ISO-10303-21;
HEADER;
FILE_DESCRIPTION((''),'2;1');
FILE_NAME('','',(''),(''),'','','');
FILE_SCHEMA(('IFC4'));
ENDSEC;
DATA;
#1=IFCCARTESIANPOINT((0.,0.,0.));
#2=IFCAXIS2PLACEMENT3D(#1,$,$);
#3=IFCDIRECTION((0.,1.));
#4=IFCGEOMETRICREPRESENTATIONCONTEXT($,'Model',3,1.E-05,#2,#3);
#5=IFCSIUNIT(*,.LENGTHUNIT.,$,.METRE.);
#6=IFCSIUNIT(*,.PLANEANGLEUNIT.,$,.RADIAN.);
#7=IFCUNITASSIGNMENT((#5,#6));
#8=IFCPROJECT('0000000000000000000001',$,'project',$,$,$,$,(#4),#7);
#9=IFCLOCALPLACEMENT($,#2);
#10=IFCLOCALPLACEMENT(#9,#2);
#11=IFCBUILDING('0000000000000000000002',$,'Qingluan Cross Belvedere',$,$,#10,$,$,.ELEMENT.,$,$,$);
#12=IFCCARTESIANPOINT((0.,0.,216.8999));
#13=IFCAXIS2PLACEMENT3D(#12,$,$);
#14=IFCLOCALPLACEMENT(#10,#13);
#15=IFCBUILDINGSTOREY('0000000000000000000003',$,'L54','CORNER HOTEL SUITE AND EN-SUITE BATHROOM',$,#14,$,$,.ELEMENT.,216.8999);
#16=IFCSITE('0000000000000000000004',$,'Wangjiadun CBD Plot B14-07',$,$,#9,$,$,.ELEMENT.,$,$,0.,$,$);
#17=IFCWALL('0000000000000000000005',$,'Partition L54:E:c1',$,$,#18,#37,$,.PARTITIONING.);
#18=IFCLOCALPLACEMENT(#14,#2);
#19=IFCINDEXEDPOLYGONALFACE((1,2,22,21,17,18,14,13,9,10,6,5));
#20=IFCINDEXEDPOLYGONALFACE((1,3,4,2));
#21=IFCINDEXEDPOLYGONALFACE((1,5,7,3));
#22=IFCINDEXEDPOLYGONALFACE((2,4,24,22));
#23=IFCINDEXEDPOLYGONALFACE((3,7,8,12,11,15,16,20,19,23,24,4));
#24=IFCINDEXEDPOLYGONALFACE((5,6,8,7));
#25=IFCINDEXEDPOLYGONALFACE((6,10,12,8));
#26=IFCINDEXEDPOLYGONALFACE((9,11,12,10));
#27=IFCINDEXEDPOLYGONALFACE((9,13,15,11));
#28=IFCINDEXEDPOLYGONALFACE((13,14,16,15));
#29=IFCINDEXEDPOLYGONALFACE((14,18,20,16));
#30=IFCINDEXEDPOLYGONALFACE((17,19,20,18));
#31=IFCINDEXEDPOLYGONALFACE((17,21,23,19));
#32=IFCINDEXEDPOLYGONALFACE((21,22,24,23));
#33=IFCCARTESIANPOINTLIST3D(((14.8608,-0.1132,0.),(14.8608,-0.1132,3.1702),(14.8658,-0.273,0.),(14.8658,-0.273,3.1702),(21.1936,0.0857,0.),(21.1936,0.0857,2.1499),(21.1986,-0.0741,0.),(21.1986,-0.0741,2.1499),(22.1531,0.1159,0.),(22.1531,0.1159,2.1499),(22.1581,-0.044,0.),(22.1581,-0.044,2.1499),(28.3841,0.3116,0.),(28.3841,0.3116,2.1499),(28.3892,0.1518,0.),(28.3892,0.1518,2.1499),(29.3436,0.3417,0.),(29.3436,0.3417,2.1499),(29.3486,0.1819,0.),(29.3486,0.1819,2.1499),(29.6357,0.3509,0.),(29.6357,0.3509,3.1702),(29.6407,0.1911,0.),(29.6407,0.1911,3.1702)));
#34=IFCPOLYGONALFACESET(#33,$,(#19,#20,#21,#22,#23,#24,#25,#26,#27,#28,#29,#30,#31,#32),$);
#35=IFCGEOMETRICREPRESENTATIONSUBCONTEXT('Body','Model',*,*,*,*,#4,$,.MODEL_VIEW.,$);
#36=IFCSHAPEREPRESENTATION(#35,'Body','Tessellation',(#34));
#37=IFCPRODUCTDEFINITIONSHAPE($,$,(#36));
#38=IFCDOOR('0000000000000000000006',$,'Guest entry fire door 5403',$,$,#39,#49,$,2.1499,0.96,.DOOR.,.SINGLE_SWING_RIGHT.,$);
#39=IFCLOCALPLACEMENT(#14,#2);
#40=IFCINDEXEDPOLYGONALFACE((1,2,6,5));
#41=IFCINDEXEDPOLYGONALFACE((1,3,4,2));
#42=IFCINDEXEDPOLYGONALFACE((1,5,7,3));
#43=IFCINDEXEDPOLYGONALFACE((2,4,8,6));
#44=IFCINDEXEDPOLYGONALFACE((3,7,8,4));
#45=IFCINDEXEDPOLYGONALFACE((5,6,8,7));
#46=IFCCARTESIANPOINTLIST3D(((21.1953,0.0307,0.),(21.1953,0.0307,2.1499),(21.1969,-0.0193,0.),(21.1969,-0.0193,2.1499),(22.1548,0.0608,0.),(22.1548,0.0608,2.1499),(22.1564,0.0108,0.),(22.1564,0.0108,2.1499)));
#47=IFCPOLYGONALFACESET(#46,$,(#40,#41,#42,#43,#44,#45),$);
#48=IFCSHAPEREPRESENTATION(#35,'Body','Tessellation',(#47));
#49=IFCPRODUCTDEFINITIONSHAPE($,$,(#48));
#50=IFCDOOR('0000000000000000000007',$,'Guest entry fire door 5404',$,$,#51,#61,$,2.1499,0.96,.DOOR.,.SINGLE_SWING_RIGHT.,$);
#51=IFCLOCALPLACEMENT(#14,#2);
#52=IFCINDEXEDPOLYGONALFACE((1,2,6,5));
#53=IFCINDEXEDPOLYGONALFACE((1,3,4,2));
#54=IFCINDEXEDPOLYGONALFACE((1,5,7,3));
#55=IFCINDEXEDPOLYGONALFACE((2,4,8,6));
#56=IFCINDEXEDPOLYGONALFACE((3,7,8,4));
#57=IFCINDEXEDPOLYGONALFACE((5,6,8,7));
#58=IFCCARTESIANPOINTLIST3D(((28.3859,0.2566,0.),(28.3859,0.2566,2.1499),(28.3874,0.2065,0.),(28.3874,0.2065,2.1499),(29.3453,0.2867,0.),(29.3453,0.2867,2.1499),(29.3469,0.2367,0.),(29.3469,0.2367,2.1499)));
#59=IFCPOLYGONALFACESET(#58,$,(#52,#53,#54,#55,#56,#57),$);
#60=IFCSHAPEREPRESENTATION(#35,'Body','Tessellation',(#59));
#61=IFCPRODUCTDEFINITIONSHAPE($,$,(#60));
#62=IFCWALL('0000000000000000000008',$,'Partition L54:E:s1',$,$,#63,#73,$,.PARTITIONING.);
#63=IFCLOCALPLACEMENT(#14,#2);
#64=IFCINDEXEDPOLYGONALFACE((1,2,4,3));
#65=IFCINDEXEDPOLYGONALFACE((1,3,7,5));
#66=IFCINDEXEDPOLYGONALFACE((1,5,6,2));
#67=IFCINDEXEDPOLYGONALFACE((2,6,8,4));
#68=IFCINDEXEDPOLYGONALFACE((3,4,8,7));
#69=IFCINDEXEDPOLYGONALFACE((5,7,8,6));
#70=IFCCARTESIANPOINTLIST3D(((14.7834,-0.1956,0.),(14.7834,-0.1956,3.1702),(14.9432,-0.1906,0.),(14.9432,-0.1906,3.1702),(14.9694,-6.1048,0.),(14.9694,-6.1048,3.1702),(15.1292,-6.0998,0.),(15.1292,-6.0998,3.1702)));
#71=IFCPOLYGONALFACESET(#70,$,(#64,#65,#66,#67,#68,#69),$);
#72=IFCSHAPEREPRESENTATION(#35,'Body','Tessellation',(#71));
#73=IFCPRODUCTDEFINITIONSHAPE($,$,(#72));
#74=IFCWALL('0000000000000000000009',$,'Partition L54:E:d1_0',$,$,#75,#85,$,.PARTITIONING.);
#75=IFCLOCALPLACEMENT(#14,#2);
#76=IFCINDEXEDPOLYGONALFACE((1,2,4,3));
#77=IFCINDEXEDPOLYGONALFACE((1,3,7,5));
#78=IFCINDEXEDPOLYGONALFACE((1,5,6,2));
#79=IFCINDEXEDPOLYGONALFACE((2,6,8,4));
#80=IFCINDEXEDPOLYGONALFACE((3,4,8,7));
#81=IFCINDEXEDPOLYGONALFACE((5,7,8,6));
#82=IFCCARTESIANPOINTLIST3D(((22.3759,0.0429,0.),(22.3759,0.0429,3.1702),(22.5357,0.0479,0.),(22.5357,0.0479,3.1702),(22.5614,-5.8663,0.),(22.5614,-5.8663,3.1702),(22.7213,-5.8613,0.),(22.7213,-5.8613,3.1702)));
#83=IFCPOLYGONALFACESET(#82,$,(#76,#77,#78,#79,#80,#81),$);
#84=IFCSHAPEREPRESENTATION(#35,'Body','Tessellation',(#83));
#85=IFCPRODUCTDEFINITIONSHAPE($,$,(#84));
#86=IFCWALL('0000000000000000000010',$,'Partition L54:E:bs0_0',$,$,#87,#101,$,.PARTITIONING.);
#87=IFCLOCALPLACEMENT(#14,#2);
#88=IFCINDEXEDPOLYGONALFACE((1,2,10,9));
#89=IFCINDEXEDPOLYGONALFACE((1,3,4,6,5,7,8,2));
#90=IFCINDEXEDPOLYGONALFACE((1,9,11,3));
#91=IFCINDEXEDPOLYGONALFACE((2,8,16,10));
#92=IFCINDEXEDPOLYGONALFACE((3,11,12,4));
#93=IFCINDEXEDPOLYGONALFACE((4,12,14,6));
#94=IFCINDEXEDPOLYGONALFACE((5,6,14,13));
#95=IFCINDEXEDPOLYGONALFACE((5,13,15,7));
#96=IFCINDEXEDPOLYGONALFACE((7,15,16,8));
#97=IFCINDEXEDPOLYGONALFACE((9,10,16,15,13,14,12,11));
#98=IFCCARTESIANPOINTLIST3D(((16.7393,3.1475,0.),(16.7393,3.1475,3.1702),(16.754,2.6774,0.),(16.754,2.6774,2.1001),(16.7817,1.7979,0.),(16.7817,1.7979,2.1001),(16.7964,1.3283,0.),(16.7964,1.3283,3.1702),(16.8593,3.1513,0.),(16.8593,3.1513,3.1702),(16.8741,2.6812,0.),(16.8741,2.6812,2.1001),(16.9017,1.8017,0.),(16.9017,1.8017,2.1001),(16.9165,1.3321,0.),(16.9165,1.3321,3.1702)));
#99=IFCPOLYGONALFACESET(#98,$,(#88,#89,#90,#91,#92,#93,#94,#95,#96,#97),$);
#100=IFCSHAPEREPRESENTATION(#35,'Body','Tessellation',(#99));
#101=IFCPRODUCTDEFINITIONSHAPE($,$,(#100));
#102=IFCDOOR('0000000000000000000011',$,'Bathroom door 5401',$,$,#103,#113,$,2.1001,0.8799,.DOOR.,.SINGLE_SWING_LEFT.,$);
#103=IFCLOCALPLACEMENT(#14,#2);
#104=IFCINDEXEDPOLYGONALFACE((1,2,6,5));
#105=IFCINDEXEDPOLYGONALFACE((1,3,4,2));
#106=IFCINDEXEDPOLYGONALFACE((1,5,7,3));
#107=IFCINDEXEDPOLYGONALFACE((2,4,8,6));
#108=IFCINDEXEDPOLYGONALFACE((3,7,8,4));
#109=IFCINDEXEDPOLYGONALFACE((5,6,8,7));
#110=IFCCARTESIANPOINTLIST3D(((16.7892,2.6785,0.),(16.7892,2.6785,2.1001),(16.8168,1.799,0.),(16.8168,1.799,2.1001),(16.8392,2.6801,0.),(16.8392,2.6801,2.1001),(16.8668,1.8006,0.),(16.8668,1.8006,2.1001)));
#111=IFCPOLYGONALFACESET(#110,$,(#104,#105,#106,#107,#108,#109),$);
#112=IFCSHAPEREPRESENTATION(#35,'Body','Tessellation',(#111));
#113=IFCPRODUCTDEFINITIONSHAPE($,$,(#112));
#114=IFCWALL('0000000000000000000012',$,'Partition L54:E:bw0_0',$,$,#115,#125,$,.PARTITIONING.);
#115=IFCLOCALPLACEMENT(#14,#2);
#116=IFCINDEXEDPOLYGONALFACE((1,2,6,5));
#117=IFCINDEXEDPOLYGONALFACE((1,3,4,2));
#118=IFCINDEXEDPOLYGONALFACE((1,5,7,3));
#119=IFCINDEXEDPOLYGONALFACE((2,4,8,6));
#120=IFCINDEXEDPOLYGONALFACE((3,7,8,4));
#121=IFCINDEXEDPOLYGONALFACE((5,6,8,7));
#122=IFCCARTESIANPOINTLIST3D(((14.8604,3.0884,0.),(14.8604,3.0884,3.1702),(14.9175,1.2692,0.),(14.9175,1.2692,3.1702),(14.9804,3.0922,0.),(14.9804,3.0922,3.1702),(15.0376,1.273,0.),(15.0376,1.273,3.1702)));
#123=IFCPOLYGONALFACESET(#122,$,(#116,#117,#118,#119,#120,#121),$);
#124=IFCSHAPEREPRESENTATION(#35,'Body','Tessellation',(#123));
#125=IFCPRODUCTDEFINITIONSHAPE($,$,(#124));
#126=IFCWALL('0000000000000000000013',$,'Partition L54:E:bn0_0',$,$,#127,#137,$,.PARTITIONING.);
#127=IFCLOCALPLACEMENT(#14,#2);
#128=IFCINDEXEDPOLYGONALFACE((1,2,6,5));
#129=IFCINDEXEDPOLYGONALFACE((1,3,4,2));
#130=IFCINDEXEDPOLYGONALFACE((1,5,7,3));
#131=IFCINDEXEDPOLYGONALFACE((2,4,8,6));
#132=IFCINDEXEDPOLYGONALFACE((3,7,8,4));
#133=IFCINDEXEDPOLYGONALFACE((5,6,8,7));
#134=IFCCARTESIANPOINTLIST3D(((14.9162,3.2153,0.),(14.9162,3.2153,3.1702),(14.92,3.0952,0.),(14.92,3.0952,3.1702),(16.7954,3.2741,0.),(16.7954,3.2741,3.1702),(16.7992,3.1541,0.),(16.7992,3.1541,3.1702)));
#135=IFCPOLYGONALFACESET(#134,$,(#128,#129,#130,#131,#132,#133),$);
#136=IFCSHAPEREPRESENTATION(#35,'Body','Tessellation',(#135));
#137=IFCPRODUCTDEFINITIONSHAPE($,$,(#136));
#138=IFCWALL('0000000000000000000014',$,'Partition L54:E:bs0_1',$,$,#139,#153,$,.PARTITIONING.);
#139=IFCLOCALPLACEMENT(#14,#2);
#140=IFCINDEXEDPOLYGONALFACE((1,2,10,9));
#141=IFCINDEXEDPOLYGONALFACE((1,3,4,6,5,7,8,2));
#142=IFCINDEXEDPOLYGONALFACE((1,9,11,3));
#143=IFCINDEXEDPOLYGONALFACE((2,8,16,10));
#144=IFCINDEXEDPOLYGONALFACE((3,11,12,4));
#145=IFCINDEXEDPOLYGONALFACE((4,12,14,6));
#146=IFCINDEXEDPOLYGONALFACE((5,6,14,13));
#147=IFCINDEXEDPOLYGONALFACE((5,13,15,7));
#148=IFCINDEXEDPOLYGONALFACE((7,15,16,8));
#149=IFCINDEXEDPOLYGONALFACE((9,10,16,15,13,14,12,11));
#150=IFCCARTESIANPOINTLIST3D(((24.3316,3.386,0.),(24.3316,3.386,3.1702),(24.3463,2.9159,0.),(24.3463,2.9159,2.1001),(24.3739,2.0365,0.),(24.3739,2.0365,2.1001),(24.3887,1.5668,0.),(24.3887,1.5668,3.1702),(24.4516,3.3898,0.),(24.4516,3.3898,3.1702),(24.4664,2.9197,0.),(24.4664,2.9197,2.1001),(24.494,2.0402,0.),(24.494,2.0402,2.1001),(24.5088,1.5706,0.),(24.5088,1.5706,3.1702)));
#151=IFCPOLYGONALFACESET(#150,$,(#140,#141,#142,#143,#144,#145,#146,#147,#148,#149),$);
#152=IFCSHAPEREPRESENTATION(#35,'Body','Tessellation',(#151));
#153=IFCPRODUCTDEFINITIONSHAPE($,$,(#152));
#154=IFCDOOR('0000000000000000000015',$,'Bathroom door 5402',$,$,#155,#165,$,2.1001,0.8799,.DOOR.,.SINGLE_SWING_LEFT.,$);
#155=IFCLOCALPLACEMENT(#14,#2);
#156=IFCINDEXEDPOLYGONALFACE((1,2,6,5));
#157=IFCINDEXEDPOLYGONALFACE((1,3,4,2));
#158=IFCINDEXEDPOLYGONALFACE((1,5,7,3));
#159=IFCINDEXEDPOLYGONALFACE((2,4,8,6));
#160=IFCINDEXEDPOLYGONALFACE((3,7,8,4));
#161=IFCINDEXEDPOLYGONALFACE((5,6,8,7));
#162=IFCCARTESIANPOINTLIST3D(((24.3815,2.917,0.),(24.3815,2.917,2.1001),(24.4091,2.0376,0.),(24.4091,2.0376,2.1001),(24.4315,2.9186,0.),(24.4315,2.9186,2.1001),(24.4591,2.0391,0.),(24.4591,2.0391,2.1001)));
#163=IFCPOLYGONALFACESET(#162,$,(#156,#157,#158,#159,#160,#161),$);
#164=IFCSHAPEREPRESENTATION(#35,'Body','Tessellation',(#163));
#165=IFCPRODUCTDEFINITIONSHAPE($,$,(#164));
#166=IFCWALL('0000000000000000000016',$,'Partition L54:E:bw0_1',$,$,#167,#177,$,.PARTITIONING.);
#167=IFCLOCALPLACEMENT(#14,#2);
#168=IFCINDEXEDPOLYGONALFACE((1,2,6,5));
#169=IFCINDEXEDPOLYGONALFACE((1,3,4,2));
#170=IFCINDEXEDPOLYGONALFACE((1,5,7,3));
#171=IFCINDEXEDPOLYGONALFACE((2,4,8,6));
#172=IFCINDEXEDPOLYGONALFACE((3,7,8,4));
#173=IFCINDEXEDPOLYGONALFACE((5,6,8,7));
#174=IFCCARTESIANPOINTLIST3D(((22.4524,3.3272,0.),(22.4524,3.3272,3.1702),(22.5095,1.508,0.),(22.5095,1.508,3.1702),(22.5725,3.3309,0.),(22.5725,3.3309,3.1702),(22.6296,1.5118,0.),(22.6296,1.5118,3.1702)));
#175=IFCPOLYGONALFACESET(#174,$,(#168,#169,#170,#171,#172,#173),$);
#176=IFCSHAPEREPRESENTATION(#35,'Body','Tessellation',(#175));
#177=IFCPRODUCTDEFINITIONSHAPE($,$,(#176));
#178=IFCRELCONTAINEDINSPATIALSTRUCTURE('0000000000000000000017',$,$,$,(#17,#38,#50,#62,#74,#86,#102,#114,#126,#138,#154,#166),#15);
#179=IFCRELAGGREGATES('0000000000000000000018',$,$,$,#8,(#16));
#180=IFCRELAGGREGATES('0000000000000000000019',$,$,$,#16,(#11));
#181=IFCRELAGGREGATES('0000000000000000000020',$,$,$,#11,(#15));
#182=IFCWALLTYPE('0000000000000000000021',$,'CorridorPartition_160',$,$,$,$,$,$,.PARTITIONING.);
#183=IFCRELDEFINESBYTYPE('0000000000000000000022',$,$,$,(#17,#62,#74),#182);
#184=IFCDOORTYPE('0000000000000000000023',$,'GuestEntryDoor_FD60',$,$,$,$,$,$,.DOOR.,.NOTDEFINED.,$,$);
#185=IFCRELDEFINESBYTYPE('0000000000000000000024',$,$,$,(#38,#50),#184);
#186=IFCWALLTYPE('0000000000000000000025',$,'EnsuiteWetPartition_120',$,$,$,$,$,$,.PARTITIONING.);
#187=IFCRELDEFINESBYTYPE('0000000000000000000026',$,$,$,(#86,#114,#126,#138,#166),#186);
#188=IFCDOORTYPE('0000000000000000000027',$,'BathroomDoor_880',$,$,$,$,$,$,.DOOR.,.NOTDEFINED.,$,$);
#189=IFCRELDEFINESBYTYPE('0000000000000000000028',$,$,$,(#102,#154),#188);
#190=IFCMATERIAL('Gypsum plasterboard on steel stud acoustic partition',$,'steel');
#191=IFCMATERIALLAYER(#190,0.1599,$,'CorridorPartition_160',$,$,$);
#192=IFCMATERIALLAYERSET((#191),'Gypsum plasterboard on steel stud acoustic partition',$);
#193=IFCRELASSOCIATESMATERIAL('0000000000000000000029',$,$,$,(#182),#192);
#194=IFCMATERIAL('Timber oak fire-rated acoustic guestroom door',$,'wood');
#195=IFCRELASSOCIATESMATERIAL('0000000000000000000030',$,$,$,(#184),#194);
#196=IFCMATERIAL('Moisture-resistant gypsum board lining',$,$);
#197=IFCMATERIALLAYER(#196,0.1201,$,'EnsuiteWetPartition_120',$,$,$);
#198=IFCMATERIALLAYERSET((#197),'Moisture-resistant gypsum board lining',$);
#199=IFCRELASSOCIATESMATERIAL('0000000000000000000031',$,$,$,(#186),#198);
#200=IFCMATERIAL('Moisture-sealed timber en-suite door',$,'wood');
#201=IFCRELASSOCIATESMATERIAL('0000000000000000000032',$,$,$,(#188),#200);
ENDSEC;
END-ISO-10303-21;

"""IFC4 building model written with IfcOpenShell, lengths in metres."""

from ifc_helpers import new_model, si_unit, direction, frame, frame_2d, origin, place, context, subcontext, project, spatial, rectangle, extrude, material, layer, layer_set, type_object, element, fill, save


model = new_model("IFC4")

# Units and contexts
model_context = context("Model", 3, precision=1e-05, world=origin(), true_north=direction((0.0, 1.0)))
body_context = subcontext(model_context, "Body", "Model", "MODEL_VIEW")
ifc_project = project(units=[si_unit("LENGTHUNIT", "METRE"), si_unit("PLANEANGLEUNIT", "RADIAN")], contexts=[model_context])

# Site, building, storey
site_placement = place(None, origin())
site = spatial("IfcSite", under=ifc_project, at=site_placement, Name="Wangjiadun CBD Plot B14-07", CompositionType="ELEMENT", RefElevation=0.0)
building_placement = place(site_placement, origin())
building = spatial("IfcBuilding", under=site, at=building_placement, Name="Qingluan Cross Belvedere", CompositionType="ELEMENT")
storey_placement = place(building_placement, frame((0.0, 0.0, 216.8999)))
storey = spatial("IfcBuildingStorey", under=building, at=storey_placement, Name="L54", Description="CORNER HOTEL SUITE AND EN-SUITE BATHROOM", CompositionType="ELEMENT", Elevation=216.8999)

# Shared definitions
ifc_material_1 = material(Name="Gypsum plasterboard on steel stud acoustic partition", Category="steel")
ifc_layer_1 = layer(ifc_material_1, 0.1599, Name="CorridorPartition_160")
ifc_layer_set_1 = layer_set([ifc_layer_1], Name="Gypsum plasterboard on steel stud acoustic partition")
wall_type_1 = type_object("IfcWallType", Name="CorridorPartition_160", PredefinedType="PARTITIONING", material=ifc_layer_set_1)
ifc_material_2 = material(Name="Timber oak fire-rated acoustic guestroom door", Category="wood")
door_type_1 = type_object("IfcDoorType", Name="GuestEntryDoor_FD60", OperationType="NOTDEFINED", PredefinedType="DOOR", material=ifc_material_2)

# Wall, openings, doors
wall_1_placement = place(storey_placement, frame((14.8633, -0.1931, 0.0), z_axis=(0.0, 0.0, 1.0), x_axis=(0.999507, 0.031397, 0.0)))
wall_1 = element("IfcWall", 1, at=wall_1_placement, inside=storey, type_object=wall_type_1, Name="Partition L54:E:c1", PredefinedType="PARTITIONING", context=body_context, shape_type="SweptSolid", body=[
    extrude(rectangle(XDim=14.7822, YDim=0.1599, at=frame_2d((7.3911, 0.0))), origin(), (0.0, 0.0, 1.0), 3.1702),
])
opening_1_placement = place(wall_1_placement, frame((6.3359, 0.0, 0.0)))
opening_1 = element("IfcOpeningElement", 2, at=opening_1_placement, cuts=wall_1, PredefinedType="OPENING", context=body_context, shape_type="SweptSolid", body=[
    extrude(rectangle(XDim=0.96, YDim=2.1499, at=frame_2d((0.48, 1.075))), frame((0.0, 0.0898, 0.0), z_axis=(0.0, -1.0, 0.0), x_axis=(1.0, 0.0, 0.0)), (0.0, 0.0, 1.0), 0.1799),
])
opening_2_placement = place(wall_1_placement, frame((13.53, 0.0, 0.0)))
opening_2 = element("IfcOpeningElement", 3, at=opening_2_placement, cuts=wall_1, PredefinedType="OPENING", context=body_context, shape_type="SweptSolid", body=[
    extrude(rectangle(XDim=0.96, YDim=2.1499, at=frame_2d((0.48, 1.075))), frame((0.0, 0.0898, 0.0), z_axis=(0.0, -1.0, 0.0), x_axis=(1.0, 0.0, 0.0)), (0.0, 0.0, 1.0), 0.1799),
])
door_1_placement = place(opening_1_placement, origin())
door_1 = element("IfcDoor", 4, at=door_1_placement, inside=storey, type_object=door_type_1, Name="Guest entry fire door 5403", OperationType="SINGLE_SWING_RIGHT", OverallHeight=2.1499, OverallWidth=0.96, PredefinedType="DOOR", context=body_context, shape_type="SweptSolid", body=[
    extrude(rectangle(XDim=0.96, YDim=2.1499, at=frame_2d((0.48, 1.075))), frame((0.0, 0.0249, 0.0), z_axis=(0.0, -1.0, 0.0), x_axis=(1.0, 0.0, 0.0)), (0.0, 0.0, 1.0), 0.05),
])
fill(opening_1, door_1)
door_2_placement = place(opening_2_placement, origin())
door_2 = element("IfcDoor", 5, at=door_2_placement, inside=storey, type_object=door_type_1, Name="Guest entry fire door 5404", OperationType="SINGLE_SWING_RIGHT", OverallHeight=2.1499, OverallWidth=0.96, PredefinedType="DOOR", context=body_context, shape_type="SweptSolid", body=[
    extrude(rectangle(XDim=0.96, YDim=2.1499, at=frame_2d((0.48, 1.075))), frame((0.0, 0.0249, 0.0), z_axis=(0.0, -1.0, 0.0), x_axis=(1.0, 0.0, 0.0)), (0.0, 0.0, 1.0), 0.05),
])
fill(opening_2, door_2)

# Walls
for number, where, z_axis, x_axis, name in (
    (6, (14.8633, -0.1931, 0.0), (0.0, 0.0, 1.0), (0.031467, -0.999505, 0.0), "Partition L54:E:s1"),
    (7, (22.4558, 0.0454, 0.0), (0.0, 0.0, 1.0), (0.031384, -0.999507, 0.0), "Partition L54:E:d1_0"),
):
    element("IfcWall", number, at=place(storey_placement, frame(where, z_axis=z_axis, x_axis=x_axis)), inside=storey, type_object=wall_type_1, Name=name, PredefinedType="PARTITIONING", context=body_context, shape_type="SweptSolid", body=[
        extrude(rectangle(XDim=5.9121, YDim=0.1599, at=frame_2d((2.9561, 0.0))), origin(), (0.0, 0.0, 1.0), 3.1702),
    ])

# Wall, opening, door
ifc_material_3 = material(Name="Moisture-resistant gypsum board lining")
ifc_layer_2 = layer(ifc_material_3, 0.1201, Name="EnsuiteWetPartition_120")
ifc_layer_set_2 = layer_set([ifc_layer_2], Name="Moisture-resistant gypsum board lining")
wall_type_2 = type_object("IfcWallType", Name="EnsuiteWetPartition_120", PredefinedType="PARTITIONING", material=ifc_layer_set_2)
wall_2_placement = place(storey_placement, frame((16.8564, 1.3301, 0.0), z_axis=(0.0, 0.0, 1.0), x_axis=(-0.03139, 0.999507, 0.0)))
wall_2 = element("IfcWall", 8, at=wall_2_placement, inside=storey, type_object=wall_type_2, Name="Partition L54:E:bs0_0", PredefinedType="PARTITIONING", context=body_context, shape_type="SweptSolid", body=[
    extrude(rectangle(XDim=1.8201, YDim=0.1201, at=frame_2d((0.9102, 0.0))), origin(), (0.0, 0.0, 1.0), 3.1702),
])
opening_3_placement = place(wall_2_placement, frame((0.47, 0.0, 0.0)))
opening_3 = element("IfcOpeningElement", 9, at=opening_3_placement, cuts=wall_2, PredefinedType="OPENING", context=body_context, shape_type="SweptSolid", body=[
    extrude(rectangle(XDim=0.8799, YDim=2.1001, at=frame_2d((0.4399, 1.05))), frame((0.0, 0.0701, 0.0), z_axis=(0.0, -1.0, 0.0), x_axis=(1.0, 0.0, 0.0)), (0.0, 0.0, 1.0), 0.1401),
])
ifc_material_4 = material(Name="Moisture-sealed timber en-suite door", Category="wood")
door_type_2 = type_object("IfcDoorType", Name="BathroomDoor_880", OperationType="NOTDEFINED", PredefinedType="DOOR", material=ifc_material_4)
door_3_placement = place(opening_3_placement, origin())
door_3 = element("IfcDoor", 10, at=door_3_placement, inside=storey, type_object=door_type_2, Name="Bathroom door 5401", OperationType="SINGLE_SWING_LEFT", OverallHeight=2.1001, OverallWidth=0.8799, PredefinedType="DOOR", context=body_context, shape_type="SweptSolid", body=[
    extrude(rectangle(XDim=0.8799, YDim=2.1001, at=frame_2d((0.4399, 1.05))), frame((0.0, 0.0249, 0.0), z_axis=(0.0, -1.0, 0.0), x_axis=(1.0, 0.0, 0.0)), (0.0, 0.0, 1.0), 0.05),
])
fill(opening_3, door_3)

# Walls
wall_3_placement = place(storey_placement, frame((14.9775, 1.271, 0.0), z_axis=(0.0, 0.0, 1.0), x_axis=(-0.03139, 0.999507, 0.0)))
element("IfcWall", 11, at=wall_3_placement, inside=storey, type_object=wall_type_2, Name="Partition L54:E:bw0_0", PredefinedType="PARTITIONING", context=body_context, shape_type="SweptSolid", body=[
    extrude(rectangle(XDim=1.8201, YDim=0.1201, at=frame_2d((0.9102, 0.0))), origin(), (0.0, 0.0, 1.0), 3.1702),
])
wall_4_placement = place(storey_placement, frame((14.9182, 3.1553, 0.0), z_axis=(0.0, 0.0, 1.0), x_axis=(0.99951, 0.031296, 0.0)))
element("IfcWall", 12, at=wall_4_placement, inside=storey, type_object=wall_type_2, Name="Partition L54:E:bn0_0", PredefinedType="PARTITIONING", context=body_context, shape_type="SweptSolid", body=[
    extrude(rectangle(XDim=1.8801, YDim=0.1201, at=frame_2d((0.9399, 0.0))), origin(), (0.0, 0.0, 1.0), 3.1702),
])

# Wall, opening, door
wall_5_placement = place(storey_placement, frame((24.4487, 1.5686, 0.0), z_axis=(0.0, 0.0, 1.0), x_axis=(-0.03139, 0.999507, 0.0)))
wall_5 = element("IfcWall", 13, at=wall_5_placement, inside=storey, type_object=wall_type_2, Name="Partition L54:E:bs0_1", PredefinedType="PARTITIONING", context=body_context, shape_type="SweptSolid", body=[
    extrude(rectangle(XDim=1.8201, YDim=0.1201, at=frame_2d((0.9102, 0.0))), origin(), (0.0, 0.0, 1.0), 3.1702),
])
opening_4_placement = place(wall_5_placement, frame((0.47, 0.0, 0.0)))
opening_4 = element("IfcOpeningElement", 14, at=opening_4_placement, cuts=wall_5, PredefinedType="OPENING", context=body_context, shape_type="SweptSolid", body=[
    extrude(rectangle(XDim=0.8799, YDim=2.1001, at=frame_2d((0.4399, 1.05))), frame((0.0, 0.0701, 0.0), z_axis=(0.0, -1.0, 0.0), x_axis=(1.0, 0.0, 0.0)), (0.0, 0.0, 1.0), 0.1401),
])
door_4_placement = place(opening_4_placement, origin())
door_4 = element("IfcDoor", 15, at=door_4_placement, inside=storey, type_object=door_type_2, Name="Bathroom door 5402", OperationType="SINGLE_SWING_LEFT", OverallHeight=2.1001, OverallWidth=0.8799, PredefinedType="DOOR", context=body_context, shape_type="SweptSolid", body=[
    extrude(rectangle(XDim=0.8799, YDim=2.1001, at=frame_2d((0.4399, 1.05))), frame((0.0, 0.0249, 0.0), z_axis=(0.0, -1.0, 0.0), x_axis=(1.0, 0.0, 0.0)), (0.0, 0.0, 1.0), 0.05),
])
fill(opening_4, door_4)

# Wall
wall_6_placement = place(storey_placement, frame((22.5696, 1.5098, 0.0), z_axis=(0.0, 0.0, 1.0), x_axis=(-0.03139, 0.999507, 0.0)))
element("IfcWall", 16, at=wall_6_placement, inside=storey, type_object=wall_type_2, Name="Partition L54:E:bw0_1", PredefinedType="PARTITIONING", context=body_context, shape_type="SweptSolid", body=[
    extrude(rectangle(XDim=1.8201, YDim=0.1201, at=frame_2d((0.9102, 0.0))), origin(), (0.0, 0.0, 1.0), 3.1702),
])

save(model, "model.ifc")
